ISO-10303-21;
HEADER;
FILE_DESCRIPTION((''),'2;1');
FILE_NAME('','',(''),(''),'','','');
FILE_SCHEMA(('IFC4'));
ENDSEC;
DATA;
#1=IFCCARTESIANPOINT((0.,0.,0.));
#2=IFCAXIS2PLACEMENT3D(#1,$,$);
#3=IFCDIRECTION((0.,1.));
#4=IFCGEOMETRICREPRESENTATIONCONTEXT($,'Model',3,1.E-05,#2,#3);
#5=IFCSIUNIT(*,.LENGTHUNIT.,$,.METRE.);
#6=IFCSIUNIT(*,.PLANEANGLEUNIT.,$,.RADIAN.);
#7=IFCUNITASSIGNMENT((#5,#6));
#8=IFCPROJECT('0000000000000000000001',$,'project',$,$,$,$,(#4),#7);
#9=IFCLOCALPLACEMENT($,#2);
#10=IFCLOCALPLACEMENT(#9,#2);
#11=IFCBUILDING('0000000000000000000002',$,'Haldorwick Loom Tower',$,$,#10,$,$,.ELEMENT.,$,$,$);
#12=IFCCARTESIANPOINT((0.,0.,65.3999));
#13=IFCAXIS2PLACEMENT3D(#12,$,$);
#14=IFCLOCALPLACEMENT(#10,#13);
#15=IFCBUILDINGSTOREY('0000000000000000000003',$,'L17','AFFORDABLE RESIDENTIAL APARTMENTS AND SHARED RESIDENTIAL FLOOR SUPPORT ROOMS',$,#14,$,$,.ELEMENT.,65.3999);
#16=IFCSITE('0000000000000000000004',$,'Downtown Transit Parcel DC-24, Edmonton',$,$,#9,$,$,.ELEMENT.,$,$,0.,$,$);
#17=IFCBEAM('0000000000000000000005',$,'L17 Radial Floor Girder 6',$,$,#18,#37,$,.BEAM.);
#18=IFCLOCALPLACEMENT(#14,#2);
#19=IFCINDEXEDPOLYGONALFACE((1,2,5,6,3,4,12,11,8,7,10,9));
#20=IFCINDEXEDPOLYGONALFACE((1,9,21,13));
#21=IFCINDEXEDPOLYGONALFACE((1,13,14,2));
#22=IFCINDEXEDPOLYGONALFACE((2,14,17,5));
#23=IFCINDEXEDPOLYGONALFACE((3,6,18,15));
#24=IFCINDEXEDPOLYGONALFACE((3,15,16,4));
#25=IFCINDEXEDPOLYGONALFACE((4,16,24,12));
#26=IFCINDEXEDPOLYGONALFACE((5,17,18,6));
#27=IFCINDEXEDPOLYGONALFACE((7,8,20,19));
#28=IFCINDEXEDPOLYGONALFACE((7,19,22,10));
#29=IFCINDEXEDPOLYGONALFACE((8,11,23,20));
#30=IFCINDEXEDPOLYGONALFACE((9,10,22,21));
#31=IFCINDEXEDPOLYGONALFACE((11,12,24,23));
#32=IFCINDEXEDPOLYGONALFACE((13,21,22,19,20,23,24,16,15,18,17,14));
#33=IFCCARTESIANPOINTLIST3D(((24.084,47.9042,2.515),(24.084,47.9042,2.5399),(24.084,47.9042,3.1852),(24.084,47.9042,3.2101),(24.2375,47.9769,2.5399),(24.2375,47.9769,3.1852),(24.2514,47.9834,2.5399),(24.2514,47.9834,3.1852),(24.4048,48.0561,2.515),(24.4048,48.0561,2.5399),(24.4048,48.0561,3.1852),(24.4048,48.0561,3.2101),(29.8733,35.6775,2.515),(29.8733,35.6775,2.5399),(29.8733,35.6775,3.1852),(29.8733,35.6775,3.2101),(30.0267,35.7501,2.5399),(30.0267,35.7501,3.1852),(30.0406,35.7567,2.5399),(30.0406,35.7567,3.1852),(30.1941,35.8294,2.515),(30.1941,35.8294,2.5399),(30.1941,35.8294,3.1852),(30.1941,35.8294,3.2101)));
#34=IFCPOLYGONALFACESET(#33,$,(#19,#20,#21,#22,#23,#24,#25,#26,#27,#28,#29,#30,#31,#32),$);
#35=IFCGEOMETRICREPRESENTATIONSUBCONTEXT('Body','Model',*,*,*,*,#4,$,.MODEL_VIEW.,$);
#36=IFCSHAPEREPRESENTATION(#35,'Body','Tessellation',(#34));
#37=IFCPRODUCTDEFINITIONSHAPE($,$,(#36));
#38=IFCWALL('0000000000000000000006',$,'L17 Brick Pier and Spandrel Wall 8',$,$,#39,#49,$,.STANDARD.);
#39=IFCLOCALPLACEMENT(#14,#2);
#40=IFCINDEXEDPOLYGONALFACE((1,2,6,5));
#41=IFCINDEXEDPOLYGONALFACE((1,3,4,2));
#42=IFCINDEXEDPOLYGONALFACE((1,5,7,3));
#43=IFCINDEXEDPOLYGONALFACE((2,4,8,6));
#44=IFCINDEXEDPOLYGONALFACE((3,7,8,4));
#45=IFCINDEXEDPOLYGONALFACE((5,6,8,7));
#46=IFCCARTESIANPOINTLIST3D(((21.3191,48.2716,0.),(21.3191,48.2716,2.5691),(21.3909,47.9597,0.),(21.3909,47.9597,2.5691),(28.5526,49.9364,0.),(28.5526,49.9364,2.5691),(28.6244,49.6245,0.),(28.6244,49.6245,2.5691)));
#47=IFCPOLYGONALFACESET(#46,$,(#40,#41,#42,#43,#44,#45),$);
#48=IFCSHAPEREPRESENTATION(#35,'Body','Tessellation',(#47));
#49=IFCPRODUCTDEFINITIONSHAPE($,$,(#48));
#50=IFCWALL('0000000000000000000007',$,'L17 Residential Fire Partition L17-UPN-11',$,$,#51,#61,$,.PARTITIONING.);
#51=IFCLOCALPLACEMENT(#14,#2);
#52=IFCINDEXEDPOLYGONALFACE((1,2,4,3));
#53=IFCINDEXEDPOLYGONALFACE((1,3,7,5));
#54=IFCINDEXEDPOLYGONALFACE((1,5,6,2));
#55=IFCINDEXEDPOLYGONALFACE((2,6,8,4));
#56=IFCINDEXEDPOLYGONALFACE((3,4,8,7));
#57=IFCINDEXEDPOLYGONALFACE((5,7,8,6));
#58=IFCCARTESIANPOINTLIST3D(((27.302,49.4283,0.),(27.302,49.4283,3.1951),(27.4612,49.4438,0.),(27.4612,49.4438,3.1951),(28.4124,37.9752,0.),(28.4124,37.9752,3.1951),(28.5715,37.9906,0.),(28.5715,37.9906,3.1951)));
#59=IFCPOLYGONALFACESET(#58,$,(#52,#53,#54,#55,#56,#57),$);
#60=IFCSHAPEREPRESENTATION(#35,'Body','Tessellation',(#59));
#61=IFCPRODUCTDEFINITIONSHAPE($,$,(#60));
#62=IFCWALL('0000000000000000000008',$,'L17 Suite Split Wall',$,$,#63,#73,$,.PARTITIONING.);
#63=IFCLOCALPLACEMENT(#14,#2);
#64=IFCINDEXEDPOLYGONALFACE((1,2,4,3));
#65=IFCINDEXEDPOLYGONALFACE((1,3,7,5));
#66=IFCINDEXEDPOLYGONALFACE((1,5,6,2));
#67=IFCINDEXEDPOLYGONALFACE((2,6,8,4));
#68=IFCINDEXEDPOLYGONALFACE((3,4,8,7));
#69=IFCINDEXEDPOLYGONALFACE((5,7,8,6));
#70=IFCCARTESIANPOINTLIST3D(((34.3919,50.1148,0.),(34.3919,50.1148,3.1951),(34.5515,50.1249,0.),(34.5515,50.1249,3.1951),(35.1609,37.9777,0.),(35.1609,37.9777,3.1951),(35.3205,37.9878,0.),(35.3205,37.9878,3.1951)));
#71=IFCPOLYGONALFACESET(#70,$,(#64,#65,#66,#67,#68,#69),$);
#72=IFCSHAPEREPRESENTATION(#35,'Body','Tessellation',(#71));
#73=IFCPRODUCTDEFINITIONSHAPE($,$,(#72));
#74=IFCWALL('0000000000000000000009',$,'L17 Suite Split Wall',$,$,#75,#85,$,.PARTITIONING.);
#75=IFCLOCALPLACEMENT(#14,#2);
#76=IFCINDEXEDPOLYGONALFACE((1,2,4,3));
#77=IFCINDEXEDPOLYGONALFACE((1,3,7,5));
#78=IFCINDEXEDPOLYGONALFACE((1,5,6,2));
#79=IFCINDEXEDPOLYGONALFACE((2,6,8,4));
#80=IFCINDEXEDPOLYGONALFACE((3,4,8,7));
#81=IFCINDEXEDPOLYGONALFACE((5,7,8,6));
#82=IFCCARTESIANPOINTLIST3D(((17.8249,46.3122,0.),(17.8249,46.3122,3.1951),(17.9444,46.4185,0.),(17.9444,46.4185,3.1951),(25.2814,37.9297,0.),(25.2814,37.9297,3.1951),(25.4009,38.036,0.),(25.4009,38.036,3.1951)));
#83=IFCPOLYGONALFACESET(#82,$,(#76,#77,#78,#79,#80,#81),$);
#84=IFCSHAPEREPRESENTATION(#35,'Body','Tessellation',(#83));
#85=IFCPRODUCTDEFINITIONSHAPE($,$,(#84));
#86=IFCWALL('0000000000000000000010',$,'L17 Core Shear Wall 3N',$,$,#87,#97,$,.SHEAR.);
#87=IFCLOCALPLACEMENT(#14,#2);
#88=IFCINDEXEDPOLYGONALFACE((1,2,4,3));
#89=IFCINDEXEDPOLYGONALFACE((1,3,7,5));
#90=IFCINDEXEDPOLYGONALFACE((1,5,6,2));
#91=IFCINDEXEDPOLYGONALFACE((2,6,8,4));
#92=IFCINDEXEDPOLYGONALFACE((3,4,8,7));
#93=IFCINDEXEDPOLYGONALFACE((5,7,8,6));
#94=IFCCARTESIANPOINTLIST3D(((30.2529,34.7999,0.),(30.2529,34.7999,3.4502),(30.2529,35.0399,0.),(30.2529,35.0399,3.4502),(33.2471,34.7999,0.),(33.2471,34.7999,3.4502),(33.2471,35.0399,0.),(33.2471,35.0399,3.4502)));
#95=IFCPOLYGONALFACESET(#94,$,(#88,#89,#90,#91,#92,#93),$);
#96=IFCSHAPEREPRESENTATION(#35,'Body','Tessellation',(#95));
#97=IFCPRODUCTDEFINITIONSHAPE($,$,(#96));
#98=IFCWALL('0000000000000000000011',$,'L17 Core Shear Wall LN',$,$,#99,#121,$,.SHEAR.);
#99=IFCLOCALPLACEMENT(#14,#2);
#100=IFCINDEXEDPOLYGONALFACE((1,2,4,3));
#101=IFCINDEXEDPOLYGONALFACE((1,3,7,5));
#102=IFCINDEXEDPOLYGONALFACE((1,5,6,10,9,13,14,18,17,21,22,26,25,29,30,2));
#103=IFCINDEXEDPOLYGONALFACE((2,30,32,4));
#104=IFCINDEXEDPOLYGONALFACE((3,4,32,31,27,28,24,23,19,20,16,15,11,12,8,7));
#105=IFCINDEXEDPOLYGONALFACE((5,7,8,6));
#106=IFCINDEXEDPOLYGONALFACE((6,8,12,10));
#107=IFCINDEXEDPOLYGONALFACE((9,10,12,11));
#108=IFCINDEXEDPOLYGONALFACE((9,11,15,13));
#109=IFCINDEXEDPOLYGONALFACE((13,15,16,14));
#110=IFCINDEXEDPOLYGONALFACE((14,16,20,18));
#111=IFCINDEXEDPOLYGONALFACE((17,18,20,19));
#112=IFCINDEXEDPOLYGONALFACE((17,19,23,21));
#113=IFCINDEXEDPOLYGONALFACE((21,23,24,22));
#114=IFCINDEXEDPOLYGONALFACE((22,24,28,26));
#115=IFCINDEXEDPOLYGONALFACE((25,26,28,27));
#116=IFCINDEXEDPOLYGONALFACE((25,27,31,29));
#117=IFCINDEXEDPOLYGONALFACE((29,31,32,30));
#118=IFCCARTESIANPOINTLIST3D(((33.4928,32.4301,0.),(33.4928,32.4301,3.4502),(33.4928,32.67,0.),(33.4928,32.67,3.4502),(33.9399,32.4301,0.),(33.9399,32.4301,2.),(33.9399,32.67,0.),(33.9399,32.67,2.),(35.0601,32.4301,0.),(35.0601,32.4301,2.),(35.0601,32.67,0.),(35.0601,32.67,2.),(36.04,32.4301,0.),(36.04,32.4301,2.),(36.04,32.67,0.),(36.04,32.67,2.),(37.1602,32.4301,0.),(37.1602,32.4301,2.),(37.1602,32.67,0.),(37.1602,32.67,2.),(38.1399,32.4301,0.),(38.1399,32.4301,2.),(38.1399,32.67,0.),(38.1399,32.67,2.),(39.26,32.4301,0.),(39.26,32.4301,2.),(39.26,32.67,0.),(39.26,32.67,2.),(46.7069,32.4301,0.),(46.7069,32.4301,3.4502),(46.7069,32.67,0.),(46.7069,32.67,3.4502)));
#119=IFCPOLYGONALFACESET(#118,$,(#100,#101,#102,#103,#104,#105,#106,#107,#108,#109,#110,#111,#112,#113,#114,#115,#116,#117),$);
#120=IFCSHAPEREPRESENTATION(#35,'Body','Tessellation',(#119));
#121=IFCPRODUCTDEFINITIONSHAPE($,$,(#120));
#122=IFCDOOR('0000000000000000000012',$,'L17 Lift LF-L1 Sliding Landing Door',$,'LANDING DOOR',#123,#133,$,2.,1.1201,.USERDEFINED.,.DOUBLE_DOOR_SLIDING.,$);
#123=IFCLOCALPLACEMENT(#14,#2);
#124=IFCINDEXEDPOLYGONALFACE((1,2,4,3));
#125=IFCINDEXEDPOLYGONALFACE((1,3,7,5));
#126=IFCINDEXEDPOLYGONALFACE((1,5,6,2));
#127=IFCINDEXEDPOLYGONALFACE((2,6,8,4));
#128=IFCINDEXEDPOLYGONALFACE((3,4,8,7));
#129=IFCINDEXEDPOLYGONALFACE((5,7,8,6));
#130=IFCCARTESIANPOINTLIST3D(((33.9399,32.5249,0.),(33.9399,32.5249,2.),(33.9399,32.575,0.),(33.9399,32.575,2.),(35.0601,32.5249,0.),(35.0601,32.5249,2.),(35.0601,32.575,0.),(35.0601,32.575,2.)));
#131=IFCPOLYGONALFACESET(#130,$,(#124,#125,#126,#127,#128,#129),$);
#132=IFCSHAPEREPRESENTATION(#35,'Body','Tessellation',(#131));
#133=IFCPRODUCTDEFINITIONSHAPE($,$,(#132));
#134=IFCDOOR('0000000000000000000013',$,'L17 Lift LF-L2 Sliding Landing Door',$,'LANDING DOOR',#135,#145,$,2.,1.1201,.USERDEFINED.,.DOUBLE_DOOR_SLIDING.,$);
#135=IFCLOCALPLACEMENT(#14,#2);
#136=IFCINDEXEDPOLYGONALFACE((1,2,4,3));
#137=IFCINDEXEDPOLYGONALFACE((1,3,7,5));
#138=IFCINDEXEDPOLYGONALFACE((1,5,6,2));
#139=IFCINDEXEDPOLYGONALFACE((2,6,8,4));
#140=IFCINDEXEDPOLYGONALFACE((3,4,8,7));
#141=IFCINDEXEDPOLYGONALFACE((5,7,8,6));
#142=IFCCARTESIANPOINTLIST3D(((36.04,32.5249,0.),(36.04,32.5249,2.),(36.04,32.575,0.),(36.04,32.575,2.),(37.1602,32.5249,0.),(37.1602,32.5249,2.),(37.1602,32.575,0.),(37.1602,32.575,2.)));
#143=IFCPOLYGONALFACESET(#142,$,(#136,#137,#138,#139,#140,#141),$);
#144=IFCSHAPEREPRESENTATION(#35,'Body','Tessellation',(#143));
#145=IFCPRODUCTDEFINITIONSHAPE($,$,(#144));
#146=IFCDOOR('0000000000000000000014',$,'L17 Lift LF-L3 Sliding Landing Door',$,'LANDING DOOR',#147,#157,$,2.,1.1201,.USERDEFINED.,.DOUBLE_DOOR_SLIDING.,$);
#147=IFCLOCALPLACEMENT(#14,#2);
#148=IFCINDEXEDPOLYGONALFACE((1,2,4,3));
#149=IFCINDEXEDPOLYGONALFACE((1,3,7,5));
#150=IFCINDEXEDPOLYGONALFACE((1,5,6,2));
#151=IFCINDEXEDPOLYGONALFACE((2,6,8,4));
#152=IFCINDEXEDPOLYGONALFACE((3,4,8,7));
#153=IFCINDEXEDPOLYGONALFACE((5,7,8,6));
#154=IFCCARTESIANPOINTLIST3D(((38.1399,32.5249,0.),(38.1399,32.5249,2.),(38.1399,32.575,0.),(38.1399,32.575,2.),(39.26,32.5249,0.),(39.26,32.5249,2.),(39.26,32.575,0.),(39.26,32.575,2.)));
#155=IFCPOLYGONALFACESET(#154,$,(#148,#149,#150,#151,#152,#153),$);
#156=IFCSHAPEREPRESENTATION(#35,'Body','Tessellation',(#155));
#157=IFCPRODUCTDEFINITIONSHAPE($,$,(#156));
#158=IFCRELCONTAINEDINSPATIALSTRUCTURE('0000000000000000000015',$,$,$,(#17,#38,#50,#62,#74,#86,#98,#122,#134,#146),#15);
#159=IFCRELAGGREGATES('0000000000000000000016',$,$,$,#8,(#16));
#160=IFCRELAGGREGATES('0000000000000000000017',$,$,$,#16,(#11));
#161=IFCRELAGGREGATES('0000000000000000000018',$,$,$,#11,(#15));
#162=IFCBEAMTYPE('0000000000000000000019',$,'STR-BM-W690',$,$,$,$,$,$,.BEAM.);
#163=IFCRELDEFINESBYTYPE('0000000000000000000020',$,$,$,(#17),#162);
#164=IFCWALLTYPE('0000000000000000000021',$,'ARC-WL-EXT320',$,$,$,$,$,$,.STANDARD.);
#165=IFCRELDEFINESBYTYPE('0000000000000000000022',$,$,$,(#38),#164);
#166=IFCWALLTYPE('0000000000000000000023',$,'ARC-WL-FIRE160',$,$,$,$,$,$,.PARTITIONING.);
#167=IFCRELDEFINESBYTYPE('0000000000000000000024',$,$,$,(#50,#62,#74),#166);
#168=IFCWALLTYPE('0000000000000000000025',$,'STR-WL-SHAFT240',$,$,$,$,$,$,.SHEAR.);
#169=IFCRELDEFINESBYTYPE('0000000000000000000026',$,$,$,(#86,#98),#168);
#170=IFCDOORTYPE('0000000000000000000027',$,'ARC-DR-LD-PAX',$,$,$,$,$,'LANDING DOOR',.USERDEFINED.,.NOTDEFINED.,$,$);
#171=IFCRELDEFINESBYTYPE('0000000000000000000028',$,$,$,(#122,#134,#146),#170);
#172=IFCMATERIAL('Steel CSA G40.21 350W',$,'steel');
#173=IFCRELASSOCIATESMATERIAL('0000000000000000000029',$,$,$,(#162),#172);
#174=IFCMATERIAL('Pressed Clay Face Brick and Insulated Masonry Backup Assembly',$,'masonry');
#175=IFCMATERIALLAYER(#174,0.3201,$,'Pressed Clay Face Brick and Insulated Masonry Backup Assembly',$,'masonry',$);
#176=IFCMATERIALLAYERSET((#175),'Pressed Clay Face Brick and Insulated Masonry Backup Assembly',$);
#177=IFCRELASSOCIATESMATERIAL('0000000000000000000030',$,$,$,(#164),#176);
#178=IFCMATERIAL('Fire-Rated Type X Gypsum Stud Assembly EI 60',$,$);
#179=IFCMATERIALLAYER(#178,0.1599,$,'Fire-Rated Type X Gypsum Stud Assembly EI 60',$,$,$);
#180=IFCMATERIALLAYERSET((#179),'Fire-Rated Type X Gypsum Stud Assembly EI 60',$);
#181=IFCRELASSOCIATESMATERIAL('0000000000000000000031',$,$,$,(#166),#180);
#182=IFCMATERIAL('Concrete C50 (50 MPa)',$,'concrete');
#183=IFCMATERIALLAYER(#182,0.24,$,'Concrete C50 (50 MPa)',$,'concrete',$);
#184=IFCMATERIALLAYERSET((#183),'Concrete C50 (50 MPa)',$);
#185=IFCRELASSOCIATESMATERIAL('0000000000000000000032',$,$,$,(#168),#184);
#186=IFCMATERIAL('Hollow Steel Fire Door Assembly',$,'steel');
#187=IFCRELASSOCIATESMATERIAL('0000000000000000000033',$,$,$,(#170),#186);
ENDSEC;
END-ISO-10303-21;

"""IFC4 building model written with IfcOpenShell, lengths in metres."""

from ifc_helpers import new_model, si_unit, direction, frame, frame_2d, origin, origin_2d, place, context, subcontext, project, spatial, rectangle, i_section, extrude, material, layer, layer_set, material_profile, profile_set, type_object, element, fill, save


model = new_model("IFC4")

# Units and contexts
model_context = context("Model", 3, precision=1e-05, world=origin(), true_north=direction((0.0, 1.0)))
body_context = subcontext(model_context, "Body", "Model", "MODEL_VIEW")
ifc_project = project(units=[si_unit("LENGTHUNIT", "METRE"), si_unit("PLANEANGLEUNIT", "RADIAN")], contexts=[model_context])

# Site, building, storey
site_placement = place(None, origin())
site = spatial("IfcSite", under=ifc_project, at=site_placement, Name="Downtown Transit Parcel DC-24, Edmonton", CompositionType="ELEMENT", RefElevation=0.0)
building_placement = place(site_placement, origin())
building = spatial("IfcBuilding", under=site, at=building_placement, Name="Haldorwick Loom Tower", CompositionType="ELEMENT")
storey_placement = place(building_placement, frame((0.0, 0.0, 65.3999)))
storey = spatial("IfcBuildingStorey", under=building, at=storey_placement, Name="L17", Description="AFFORDABLE RESIDENTIAL APARTMENTS AND SHARED RESIDENTIAL FLOOR SUPPORT ROOMS", CompositionType="ELEMENT", Elevation=65.3999)

# Beam
ifc_material_1 = material(Name="Steel CSA G40.21 350W", Category="steel")
ifc_material_profile_1 = material_profile(ifc_material_1, i_section(OverallWidth=0.355, OverallDepth=0.6951, WebThickness=0.0154, FlangeThickness=0.0249, at=origin_2d()), Name="W690X217", Category="steel")
ifc_profile_set_1 = profile_set([ifc_material_profile_1], Name="Steel CSA G40.21 350W")
beam_type_1 = type_object("IfcBeamType", Name="STR-BM-W690", PredefinedType="BEAM", material=ifc_profile_set_1)
beam_1_placement = place(storey_placement, frame((30.0337, 35.7534, 2.8625), z_axis=(-0.427945, 0.903805, 0.0), x_axis=(-0.903805, -0.427945, 0.0)))
element("IfcBeam", 1, at=beam_1_placement, inside=storey, type_object=beam_type_1, Name="L17 Radial Floor Girder 6", PredefinedType="BEAM", context=body_context, shape_type="SweptSolid", body=[
    extrude(i_section(OverallWidth=0.355, OverallDepth=0.6951, WebThickness=0.0154, FlangeThickness=0.0249, at=origin_2d()), origin(), (0.0, 0.0, 1.0), 13.5281),
])

# Walls
ifc_material_2 = material(Name="Pressed Clay Face Brick and Insulated Masonry Backup Assembly", Category="masonry")
ifc_layer_1 = layer(ifc_material_2, 0.3201, Name="Pressed Clay Face Brick and Insulated Masonry Backup Assembly", Category="masonry")
ifc_layer_set_1 = layer_set([ifc_layer_1], Name="Pressed Clay Face Brick and Insulated Masonry Backup Assembly")
wall_type_1 = type_object("IfcWallType", Name="ARC-WL-EXT320", PredefinedType="STANDARD", material=ifc_layer_set_1)
wall_1_placement = place(storey_placement, frame((28.5886, 49.7805, 0.0), z_axis=(0.0, 0.0, 1.0), x_axis=(-0.974522, -0.22429, 0.0)))
element("IfcWall", 2, at=wall_1_placement, inside=storey, type_object=wall_type_1, Name="L17 Brick Pier and Spandrel Wall 8", PredefinedType="STANDARD", context=body_context, shape_type="SweptSolid", body=[
    extrude(rectangle(XDim=7.4226, YDim=0.3201, at=frame_2d((3.7114, 0.0))), origin(), (0.0, 0.0, 1.0), 2.5691),
])
ifc_material_3 = material(Name="Fire-Rated Type X Gypsum Stud Assembly EI 60")
ifc_layer_2 = layer(ifc_material_3, 0.1599, Name="Fire-Rated Type X Gypsum Stud Assembly EI 60")
ifc_layer_set_2 = layer_set([ifc_layer_2], Name="Fire-Rated Type X Gypsum Stud Assembly EI 60")
wall_type_2 = type_object("IfcWallType", Name="ARC-WL-FIRE160", PredefinedType="PARTITIONING", material=ifc_layer_set_2)
wall_2_placement = place(storey_placement, frame((28.4919, 37.9829, 0.0), z_axis=(0.0, 0.0, 1.0), x_axis=(-0.096495, 0.995333, 0.0)))
element("IfcWall", 3, at=wall_2_placement, inside=storey, type_object=wall_type_2, Name="L17 Residential Fire Partition L17-UPN-11", PredefinedType="PARTITIONING", context=body_context, shape_type="SweptSolid", body=[
    extrude(rectangle(XDim=11.5068, YDim=0.1599, at=frame_2d((5.7534, 0.0))), origin(), (0.0, 0.0, 1.0), 3.1951),
])
wall_3_placement = place(storey_placement, frame((35.2407, 37.9829, 0.0), z_axis=(0.0, 0.0, 1.0), x_axis=(-0.063237, 0.997999, 0.0)))
element("IfcWall", 4, at=wall_3_placement, inside=storey, type_object=wall_type_2, Name="L17 Suite Split Wall", PredefinedType="PARTITIONING", context=body_context, shape_type="SweptSolid", body=[
    extrude(rectangle(XDim=12.1614, YDim=0.1599, at=frame_2d((6.0806, 0.0))), origin(), (0.0, 0.0, 1.0), 3.1951),
])
wall_4_placement = place(storey_placement, frame((25.3411, 37.9829, 0.0), z_axis=(0.0, 0.0, 1.0), x_axis=(-0.664631, 0.747172, 0.0)))
element("IfcWall", 5, at=wall_4_placement, inside=storey, type_object=wall_type_2, Name="L17 Suite Split Wall", PredefinedType="PARTITIONING", context=body_context, shape_type="SweptSolid", body=[
    extrude(rectangle(XDim=11.219, YDim=0.1599, at=frame_2d((5.6094, 0.0))), origin(), (0.0, 0.0, 1.0), 3.1951),
])
ifc_material_4 = material(Name="Concrete C50 (50 MPa)", Category="concrete")
ifc_layer_3 = layer(ifc_material_4, 0.24, Name="Concrete C50 (50 MPa)", Category="concrete")
ifc_layer_set_3 = layer_set([ifc_layer_3], Name="Concrete C50 (50 MPa)")
wall_type_3 = type_object("IfcWallType", Name="STR-WL-SHAFT240", PredefinedType="SHEAR", material=ifc_layer_set_3)
wall_5_placement = place(storey_placement, frame((30.2529, 34.9199, 0.0), z_axis=(0.0, 0.0, 1.0), x_axis=(1.0, 0.0, 0.0)))
element("IfcWall", 6, at=wall_5_placement, inside=storey, type_object=wall_type_3, Name="L17 Core Shear Wall 3N", PredefinedType="SHEAR", context=body_context, shape_type="SweptSolid", body=[
    extrude(rectangle(XDim=2.9941, YDim=0.24, at=frame_2d((1.4971, 0.0))), origin(), (0.0, 0.0, 1.0), 3.4502),
])

# Wall, openings, doors
wall_6_placement = place(storey_placement, frame((33.4929, 32.55, 0.0), z_axis=(0.0, 0.0, 1.0), x_axis=(1.0, 0.0, 0.0)))
wall_6 = element("IfcWall", 7, at=wall_6_placement, inside=storey, type_object=wall_type_3, Name="L17 Core Shear Wall LN", PredefinedType="SHEAR", context=body_context, shape_type="SweptSolid", body=[
    extrude(rectangle(XDim=13.2141, YDim=0.24, at=frame_2d((6.6069, 0.0))), origin(), (0.0, 0.0, 1.0), 3.4502),
])
opening_1_placement = place(wall_6_placement, frame((0.447, 0.0, 0.0)))
opening_1 = element("IfcOpeningElement", 8, at=opening_1_placement, cuts=wall_6, PredefinedType="OPENING", context=body_context, shape_type="SweptSolid", body=[
    extrude(rectangle(XDim=1.1201, YDim=2.0, at=frame_2d((0.5601, 1.0))), frame((0.0, 0.1299, 0.0), z_axis=(0.0, -1.0, 0.0), x_axis=(1.0, 0.0, 0.0)), (0.0, 0.0, 1.0), 0.26),
])
opening_2_placement = place(wall_6_placement, frame((2.5471, 0.0, 0.0)))
opening_2 = element("IfcOpeningElement", 9, at=opening_2_placement, cuts=wall_6, PredefinedType="OPENING", context=body_context, shape_type="SweptSolid", body=[
    extrude(rectangle(XDim=1.1201, YDim=2.0, at=frame_2d((0.5601, 1.0))), frame((0.0, 0.1299, 0.0), z_axis=(0.0, -1.0, 0.0), x_axis=(1.0, 0.0, 0.0)), (0.0, 0.0, 1.0), 0.26),
])
opening_3_placement = place(wall_6_placement, frame((4.647, 0.0, 0.0)))
opening_3 = element("IfcOpeningElement", 10, at=opening_3_placement, cuts=wall_6, PredefinedType="OPENING", context=body_context, shape_type="SweptSolid", body=[
    extrude(rectangle(XDim=1.1201, YDim=2.0, at=frame_2d((0.5601, 1.0))), frame((0.0, 0.1299, 0.0), z_axis=(0.0, -1.0, 0.0), x_axis=(1.0, 0.0, 0.0)), (0.0, 0.0, 1.0), 0.26),
])
ifc_material_5 = material(Name="Hollow Steel Fire Door Assembly", Category="steel")
door_type = type_object("IfcDoorType", Name="ARC-DR-LD-PAX", ElementType="LANDING DOOR", OperationType="NOTDEFINED", PredefinedType="USERDEFINED", material=ifc_material_5)
door_1_placement = place(opening_1_placement, origin())
door_1 = element("IfcDoor", 11, at=door_1_placement, inside=storey, type_object=door_type, Name="L17 Lift LF-L1 Sliding Landing Door", ObjectType="LANDING DOOR", OperationType="DOUBLE_DOOR_SLIDING", OverallHeight=2.0, OverallWidth=1.1201, PredefinedType="USERDEFINED", context=body_context, shape_type="SweptSolid", body=[
    extrude(rectangle(XDim=1.1201, YDim=2.0, at=frame_2d((0.5601, 1.0))), frame((0.0, 0.0249, 0.0), z_axis=(0.0, -1.0, 0.0), x_axis=(1.0, 0.0, 0.0)), (0.0, 0.0, 1.0), 0.05),
])
fill(opening_1, door_1)
door_2_placement = place(opening_2_placement, origin())
door_2 = element("IfcDoor", 12, at=door_2_placement, inside=storey, type_object=door_type, Name="L17 Lift LF-L2 Sliding Landing Door", ObjectType="LANDING DOOR", OperationType="DOUBLE_DOOR_SLIDING", OverallHeight=2.0, OverallWidth=1.1201, PredefinedType="USERDEFINED", context=body_context, shape_type="SweptSolid", body=[
    extrude(rectangle(XDim=1.1201, YDim=2.0, at=frame_2d((0.5601, 1.0))), frame((0.0, 0.0249, 0.0), z_axis=(0.0, -1.0, 0.0), x_axis=(1.0, 0.0, 0.0)), (0.0, 0.0, 1.0), 0.05),
])
fill(opening_2, door_2)
door_3_placement = place(opening_3_placement, origin())
door_3 = element("IfcDoor", 13, at=door_3_placement, inside=storey, type_object=door_type, Name="L17 Lift LF-L3 Sliding Landing Door", ObjectType="LANDING DOOR", OperationType="DOUBLE_DOOR_SLIDING", OverallHeight=2.0, OverallWidth=1.1201, PredefinedType="USERDEFINED", context=body_context, shape_type="SweptSolid", body=[
    extrude(rectangle(XDim=1.1201, YDim=2.0, at=frame_2d((0.5601, 1.0))), frame((0.0, 0.0249, 0.0), z_axis=(0.0, -1.0, 0.0), x_axis=(1.0, 0.0, 0.0)), (0.0, 0.0, 1.0), 0.05),
])
fill(opening_3, door_3)

save(model, "model.ifc")
